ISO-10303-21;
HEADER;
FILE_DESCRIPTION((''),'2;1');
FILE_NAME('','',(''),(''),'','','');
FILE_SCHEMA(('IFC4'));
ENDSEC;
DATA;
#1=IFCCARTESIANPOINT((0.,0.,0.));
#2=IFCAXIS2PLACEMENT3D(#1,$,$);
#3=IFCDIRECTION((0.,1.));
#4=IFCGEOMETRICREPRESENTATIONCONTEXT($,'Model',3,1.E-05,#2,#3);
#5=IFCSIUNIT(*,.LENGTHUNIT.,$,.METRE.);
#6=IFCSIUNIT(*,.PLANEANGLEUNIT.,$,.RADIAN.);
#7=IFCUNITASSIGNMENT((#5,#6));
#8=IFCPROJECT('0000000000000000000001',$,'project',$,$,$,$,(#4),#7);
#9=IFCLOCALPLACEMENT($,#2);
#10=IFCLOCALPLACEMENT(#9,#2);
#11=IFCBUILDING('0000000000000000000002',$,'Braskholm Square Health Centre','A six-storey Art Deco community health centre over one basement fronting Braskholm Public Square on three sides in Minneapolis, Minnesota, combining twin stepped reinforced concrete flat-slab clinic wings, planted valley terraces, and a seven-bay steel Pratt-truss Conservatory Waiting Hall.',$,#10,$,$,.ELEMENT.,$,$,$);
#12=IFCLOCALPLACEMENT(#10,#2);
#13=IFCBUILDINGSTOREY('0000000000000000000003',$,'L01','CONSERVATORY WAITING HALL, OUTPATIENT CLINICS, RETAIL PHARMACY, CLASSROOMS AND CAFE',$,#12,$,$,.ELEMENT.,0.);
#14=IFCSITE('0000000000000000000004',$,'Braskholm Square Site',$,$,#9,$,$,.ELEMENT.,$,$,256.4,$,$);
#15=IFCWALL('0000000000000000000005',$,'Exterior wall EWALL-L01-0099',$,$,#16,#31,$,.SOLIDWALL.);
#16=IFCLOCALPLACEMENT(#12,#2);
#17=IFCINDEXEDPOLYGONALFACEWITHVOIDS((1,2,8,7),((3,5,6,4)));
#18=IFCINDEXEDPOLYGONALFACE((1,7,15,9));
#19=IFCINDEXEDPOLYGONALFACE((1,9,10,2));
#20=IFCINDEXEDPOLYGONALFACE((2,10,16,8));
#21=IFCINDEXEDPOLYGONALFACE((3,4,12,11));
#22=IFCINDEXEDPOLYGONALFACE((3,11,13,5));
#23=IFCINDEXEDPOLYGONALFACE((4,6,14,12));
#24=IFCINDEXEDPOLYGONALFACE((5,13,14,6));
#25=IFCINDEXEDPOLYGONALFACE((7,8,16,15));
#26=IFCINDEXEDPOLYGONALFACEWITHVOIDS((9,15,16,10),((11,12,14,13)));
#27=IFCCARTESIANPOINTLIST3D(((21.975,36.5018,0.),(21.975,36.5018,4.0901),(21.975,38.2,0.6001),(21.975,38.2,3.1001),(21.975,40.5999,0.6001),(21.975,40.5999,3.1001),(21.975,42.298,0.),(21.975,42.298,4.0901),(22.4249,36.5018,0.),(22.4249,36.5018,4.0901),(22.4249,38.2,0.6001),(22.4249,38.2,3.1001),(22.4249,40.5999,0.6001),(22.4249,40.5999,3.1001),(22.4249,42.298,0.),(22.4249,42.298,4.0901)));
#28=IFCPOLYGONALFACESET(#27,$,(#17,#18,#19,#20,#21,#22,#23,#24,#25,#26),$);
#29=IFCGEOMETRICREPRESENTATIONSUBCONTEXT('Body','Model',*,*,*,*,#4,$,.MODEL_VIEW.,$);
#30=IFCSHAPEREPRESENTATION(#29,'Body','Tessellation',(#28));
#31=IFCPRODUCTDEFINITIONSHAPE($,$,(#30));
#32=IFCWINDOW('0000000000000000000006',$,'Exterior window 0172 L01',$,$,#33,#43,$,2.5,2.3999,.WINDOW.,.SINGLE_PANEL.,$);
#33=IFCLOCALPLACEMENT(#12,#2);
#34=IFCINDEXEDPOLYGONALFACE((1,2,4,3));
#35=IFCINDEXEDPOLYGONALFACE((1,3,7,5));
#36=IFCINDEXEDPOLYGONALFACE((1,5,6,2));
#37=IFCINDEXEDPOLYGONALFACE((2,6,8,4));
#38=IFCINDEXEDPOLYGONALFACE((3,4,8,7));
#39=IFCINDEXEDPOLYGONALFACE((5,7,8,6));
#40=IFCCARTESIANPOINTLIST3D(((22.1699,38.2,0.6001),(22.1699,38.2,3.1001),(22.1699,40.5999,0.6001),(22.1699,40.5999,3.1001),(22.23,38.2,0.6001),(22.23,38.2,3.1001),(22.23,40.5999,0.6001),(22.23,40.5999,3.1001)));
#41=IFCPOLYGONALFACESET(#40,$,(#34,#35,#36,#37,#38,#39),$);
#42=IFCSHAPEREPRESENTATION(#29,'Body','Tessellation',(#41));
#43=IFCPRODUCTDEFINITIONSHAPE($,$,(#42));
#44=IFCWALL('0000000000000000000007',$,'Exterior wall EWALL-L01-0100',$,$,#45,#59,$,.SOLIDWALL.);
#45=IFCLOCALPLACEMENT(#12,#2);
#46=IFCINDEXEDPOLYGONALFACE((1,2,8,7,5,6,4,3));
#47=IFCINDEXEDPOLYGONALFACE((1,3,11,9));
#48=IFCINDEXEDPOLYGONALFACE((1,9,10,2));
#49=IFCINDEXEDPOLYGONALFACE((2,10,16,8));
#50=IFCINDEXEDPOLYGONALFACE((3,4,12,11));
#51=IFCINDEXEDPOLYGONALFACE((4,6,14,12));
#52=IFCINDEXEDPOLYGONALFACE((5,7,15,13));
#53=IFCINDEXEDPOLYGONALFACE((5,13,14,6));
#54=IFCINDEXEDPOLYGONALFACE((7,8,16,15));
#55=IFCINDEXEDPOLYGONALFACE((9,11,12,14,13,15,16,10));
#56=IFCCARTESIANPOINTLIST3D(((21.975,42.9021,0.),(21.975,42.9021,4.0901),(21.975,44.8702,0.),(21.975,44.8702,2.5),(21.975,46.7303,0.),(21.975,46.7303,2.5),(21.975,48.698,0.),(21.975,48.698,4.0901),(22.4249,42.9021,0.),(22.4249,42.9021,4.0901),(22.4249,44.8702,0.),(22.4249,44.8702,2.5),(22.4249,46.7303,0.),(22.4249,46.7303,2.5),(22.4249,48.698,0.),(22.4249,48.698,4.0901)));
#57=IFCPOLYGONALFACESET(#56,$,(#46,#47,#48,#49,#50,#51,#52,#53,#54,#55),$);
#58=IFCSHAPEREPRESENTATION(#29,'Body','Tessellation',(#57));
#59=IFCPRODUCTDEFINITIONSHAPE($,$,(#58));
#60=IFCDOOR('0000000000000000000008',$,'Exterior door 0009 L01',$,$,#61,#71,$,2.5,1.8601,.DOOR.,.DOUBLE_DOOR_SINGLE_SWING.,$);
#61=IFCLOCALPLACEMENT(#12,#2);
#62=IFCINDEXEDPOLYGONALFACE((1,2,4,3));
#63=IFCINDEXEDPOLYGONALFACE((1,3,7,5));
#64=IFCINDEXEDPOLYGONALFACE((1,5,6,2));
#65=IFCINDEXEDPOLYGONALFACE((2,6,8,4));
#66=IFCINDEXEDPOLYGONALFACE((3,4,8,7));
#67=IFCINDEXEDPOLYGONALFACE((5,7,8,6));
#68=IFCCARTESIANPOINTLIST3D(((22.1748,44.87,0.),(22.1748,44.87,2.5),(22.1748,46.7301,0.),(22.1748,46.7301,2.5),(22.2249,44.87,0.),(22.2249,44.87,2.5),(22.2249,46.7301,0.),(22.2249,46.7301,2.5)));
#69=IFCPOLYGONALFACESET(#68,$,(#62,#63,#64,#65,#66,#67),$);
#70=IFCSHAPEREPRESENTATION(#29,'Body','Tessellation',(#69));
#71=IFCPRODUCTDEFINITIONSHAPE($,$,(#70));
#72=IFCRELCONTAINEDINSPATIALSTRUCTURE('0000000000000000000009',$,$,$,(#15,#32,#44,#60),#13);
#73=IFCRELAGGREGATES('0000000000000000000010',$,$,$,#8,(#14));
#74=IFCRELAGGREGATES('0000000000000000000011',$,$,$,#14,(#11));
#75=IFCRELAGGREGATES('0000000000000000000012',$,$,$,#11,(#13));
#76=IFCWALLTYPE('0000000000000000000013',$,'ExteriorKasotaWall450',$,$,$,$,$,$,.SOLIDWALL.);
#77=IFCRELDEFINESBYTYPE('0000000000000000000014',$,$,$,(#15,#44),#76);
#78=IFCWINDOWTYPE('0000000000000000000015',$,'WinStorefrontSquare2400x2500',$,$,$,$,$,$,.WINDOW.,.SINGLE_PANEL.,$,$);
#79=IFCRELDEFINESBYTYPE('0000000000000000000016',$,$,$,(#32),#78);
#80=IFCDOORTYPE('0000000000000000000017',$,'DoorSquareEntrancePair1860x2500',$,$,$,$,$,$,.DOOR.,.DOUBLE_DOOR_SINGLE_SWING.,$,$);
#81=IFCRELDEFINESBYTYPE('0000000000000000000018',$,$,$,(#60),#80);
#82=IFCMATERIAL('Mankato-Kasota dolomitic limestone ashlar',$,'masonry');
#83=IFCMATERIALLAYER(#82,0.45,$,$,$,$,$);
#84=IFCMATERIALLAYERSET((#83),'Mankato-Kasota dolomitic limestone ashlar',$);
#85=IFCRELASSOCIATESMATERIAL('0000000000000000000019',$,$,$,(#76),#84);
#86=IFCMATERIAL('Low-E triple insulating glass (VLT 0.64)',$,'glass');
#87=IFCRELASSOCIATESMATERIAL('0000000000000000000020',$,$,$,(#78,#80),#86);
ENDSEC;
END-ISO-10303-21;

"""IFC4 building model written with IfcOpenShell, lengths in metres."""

from ifc_helpers import new_model, si_unit, direction, frame, frame_2d, origin, origin_with_axes, place, context, subcontext, project, spatial, rectangle, extrude, material, layer, layer_set, type_object, element, fill, save


model = new_model("IFC4")

# Units and contexts
model_context = context("Model", 3, precision=1e-05, world=origin(), true_north=direction((0.0, 1.0)))
body_context = subcontext(model_context, "Body", "Model", "MODEL_VIEW")
ifc_project = project(units=[si_unit("LENGTHUNIT", "METRE"), si_unit("PLANEANGLEUNIT", "RADIAN")], contexts=[model_context])

# Site, building, storey
site_placement = place(None, origin())
site = spatial("IfcSite", under=ifc_project, at=site_placement, Name="Braskholm Square Site", CompositionType="ELEMENT", RefElevation=256.4)
building_placement = place(site_placement, origin())
building = spatial("IfcBuilding", under=site, at=building_placement, Name="Braskholm Square Health Centre", Description="A six-storey Art Deco community health centre over one basement fronting Braskholm Public Square on three sides in Minneapolis, Minnesota, combining twin stepped reinforced concrete flat-slab clinic wings, planted valley terraces, and a seven-bay steel Pratt-truss Conservatory Waiting Hall.", CompositionType="ELEMENT")
storey_placement = place(building_placement, origin())
storey = spatial("IfcBuildingStorey", under=building, at=storey_placement, Name="L01", Description="CONSERVATORY WAITING HALL, OUTPATIENT CLINICS, RETAIL PHARMACY, CLASSROOMS AND CAFE", CompositionType="ELEMENT", Elevation=0.0)

# Shared definitions
ifc_material_1 = material(Name="Low-E triple insulating glass (VLT 0.64)", Category="glass")

# Wall, opening, window
ifc_material_2 = material(Name="Mankato-Kasota dolomitic limestone ashlar", Category="masonry")
ifc_layer = layer(ifc_material_2, 0.45)
ifc_layer_set = layer_set([ifc_layer], Name="Mankato-Kasota dolomitic limestone ashlar")
wall_type = type_object("IfcWallType", Name="ExteriorKasotaWall450", PredefinedType="SOLIDWALL", material=ifc_layer_set)
wall_1_placement = place(storey_placement, frame((22.2, 36.502, 0.0), z_axis=(0.0, 0.0, 1.0), x_axis=(0.0, 1.0, 0.0)))
wall_1 = element("IfcWall", 1, at=wall_1_placement, inside=storey, type_object=wall_type, Name="Exterior wall EWALL-L01-0099", PredefinedType="SOLIDWALL", context=body_context, shape_type="SweptSolid", body=[
    extrude(rectangle(XDim=5.7961, YDim=0.45, at=frame_2d((2.8979, 0.0))), origin(), (0.0, 0.0, 1.0), 4.0901),
])
opening_1_placement = place(wall_1_placement, frame((1.698, 0.0, 0.6001)))
opening_1 = element("IfcOpeningElement", 2, at=opening_1_placement, cuts=wall_1, PredefinedType="OPENING", context=body_context, shape_type="SweptSolid", body=[
    extrude(rectangle(XDim=2.3999, YDim=2.5, at=frame_2d((1.2, 1.25))), frame((0.0, 0.2349, 0.0), z_axis=(0.0, -1.0, 0.0), x_axis=(1.0, 0.0, 0.0)), (0.0, 0.0, 1.0), 0.47),
])
window_type = type_object("IfcWindowType", Name="WinStorefrontSquare2400x2500", PartitioningType="SINGLE_PANEL", PredefinedType="WINDOW", material=ifc_material_1)
window_placement = place(opening_1_placement, origin_with_axes())
window = element("IfcWindow", 3, at=window_placement, inside=storey, type_object=window_type, Name="Exterior window 0172 L01", OverallHeight=2.5, OverallWidth=2.3999, PartitioningType="SINGLE_PANEL", PredefinedType="WINDOW", context=body_context, shape_type="SweptSolid", body=[
    extrude(rectangle(XDim=2.3999, YDim=2.5, at=frame_2d((1.2, 1.25))), frame((0.0, 0.03, 0.0), z_axis=(0.0, -1.0, 0.0), x_axis=(1.0, 0.0, 0.0)), (0.0, 0.0, 1.0), 0.0601),
])
fill(opening_1, window)

# Wall, opening, door
wall_2_placement = place(storey_placement, frame((22.2, 42.9021, 0.0), z_axis=(0.0, 0.0, 1.0), x_axis=(0.0, 1.0, 0.0)))
wall_2 = element("IfcWall", 4, at=wall_2_placement, inside=storey, type_object=wall_type, Name="Exterior wall EWALL-L01-0100", PredefinedType="SOLIDWALL", context=body_context, shape_type="SweptSolid", body=[
    extrude(rectangle(XDim=5.7959, YDim=0.45, at=frame_2d((2.8979, 0.0))), origin(), (0.0, 0.0, 1.0), 4.0901),
])
opening_2_placement = place(wall_2_placement, frame((1.968, 0.0, 0.0)))
opening_2 = element("IfcOpeningElement", 5, at=opening_2_placement, cuts=wall_2, PredefinedType="OPENING", context=body_context, shape_type="SweptSolid", body=[
    extrude(rectangle(XDim=1.8601, YDim=2.5, at=frame_2d((0.9302, 1.25))), frame((0.0, 0.2349, 0.0), z_axis=(0.0, -1.0, 0.0), x_axis=(1.0, 0.0, 0.0)), (0.0, 0.0, 1.0), 0.47),
])
door_type = type_object("IfcDoorType", Name="DoorSquareEntrancePair1860x2500", OperationType="DOUBLE_DOOR_SINGLE_SWING", PredefinedType="DOOR", material=ifc_material_1)
door_placement = place(opening_2_placement, frame((1.8601, 0.0, 0.0), z_axis=(0.0, 0.0, 1.0), x_axis=(-1.0, 0.0, 0.0)))
door = element("IfcDoor", 6, at=door_placement, inside=storey, type_object=door_type, Name="Exterior door 0009 L01", OperationType="DOUBLE_DOOR_SINGLE_SWING", OverallHeight=2.5, OverallWidth=1.8601, PredefinedType="DOOR", context=body_context, shape_type="SweptSolid", body=[
    extrude(rectangle(XDim=1.8601, YDim=2.5, at=frame_2d((0.9302, 1.25))), frame((0.0, 0.0249, 0.0), z_axis=(0.0, -1.0, 0.0), x_axis=(1.0, 0.0, 0.0)), (0.0, 0.0, 1.0), 0.05),
])
fill(opening_2, door)

save(model, "model.ifc")
